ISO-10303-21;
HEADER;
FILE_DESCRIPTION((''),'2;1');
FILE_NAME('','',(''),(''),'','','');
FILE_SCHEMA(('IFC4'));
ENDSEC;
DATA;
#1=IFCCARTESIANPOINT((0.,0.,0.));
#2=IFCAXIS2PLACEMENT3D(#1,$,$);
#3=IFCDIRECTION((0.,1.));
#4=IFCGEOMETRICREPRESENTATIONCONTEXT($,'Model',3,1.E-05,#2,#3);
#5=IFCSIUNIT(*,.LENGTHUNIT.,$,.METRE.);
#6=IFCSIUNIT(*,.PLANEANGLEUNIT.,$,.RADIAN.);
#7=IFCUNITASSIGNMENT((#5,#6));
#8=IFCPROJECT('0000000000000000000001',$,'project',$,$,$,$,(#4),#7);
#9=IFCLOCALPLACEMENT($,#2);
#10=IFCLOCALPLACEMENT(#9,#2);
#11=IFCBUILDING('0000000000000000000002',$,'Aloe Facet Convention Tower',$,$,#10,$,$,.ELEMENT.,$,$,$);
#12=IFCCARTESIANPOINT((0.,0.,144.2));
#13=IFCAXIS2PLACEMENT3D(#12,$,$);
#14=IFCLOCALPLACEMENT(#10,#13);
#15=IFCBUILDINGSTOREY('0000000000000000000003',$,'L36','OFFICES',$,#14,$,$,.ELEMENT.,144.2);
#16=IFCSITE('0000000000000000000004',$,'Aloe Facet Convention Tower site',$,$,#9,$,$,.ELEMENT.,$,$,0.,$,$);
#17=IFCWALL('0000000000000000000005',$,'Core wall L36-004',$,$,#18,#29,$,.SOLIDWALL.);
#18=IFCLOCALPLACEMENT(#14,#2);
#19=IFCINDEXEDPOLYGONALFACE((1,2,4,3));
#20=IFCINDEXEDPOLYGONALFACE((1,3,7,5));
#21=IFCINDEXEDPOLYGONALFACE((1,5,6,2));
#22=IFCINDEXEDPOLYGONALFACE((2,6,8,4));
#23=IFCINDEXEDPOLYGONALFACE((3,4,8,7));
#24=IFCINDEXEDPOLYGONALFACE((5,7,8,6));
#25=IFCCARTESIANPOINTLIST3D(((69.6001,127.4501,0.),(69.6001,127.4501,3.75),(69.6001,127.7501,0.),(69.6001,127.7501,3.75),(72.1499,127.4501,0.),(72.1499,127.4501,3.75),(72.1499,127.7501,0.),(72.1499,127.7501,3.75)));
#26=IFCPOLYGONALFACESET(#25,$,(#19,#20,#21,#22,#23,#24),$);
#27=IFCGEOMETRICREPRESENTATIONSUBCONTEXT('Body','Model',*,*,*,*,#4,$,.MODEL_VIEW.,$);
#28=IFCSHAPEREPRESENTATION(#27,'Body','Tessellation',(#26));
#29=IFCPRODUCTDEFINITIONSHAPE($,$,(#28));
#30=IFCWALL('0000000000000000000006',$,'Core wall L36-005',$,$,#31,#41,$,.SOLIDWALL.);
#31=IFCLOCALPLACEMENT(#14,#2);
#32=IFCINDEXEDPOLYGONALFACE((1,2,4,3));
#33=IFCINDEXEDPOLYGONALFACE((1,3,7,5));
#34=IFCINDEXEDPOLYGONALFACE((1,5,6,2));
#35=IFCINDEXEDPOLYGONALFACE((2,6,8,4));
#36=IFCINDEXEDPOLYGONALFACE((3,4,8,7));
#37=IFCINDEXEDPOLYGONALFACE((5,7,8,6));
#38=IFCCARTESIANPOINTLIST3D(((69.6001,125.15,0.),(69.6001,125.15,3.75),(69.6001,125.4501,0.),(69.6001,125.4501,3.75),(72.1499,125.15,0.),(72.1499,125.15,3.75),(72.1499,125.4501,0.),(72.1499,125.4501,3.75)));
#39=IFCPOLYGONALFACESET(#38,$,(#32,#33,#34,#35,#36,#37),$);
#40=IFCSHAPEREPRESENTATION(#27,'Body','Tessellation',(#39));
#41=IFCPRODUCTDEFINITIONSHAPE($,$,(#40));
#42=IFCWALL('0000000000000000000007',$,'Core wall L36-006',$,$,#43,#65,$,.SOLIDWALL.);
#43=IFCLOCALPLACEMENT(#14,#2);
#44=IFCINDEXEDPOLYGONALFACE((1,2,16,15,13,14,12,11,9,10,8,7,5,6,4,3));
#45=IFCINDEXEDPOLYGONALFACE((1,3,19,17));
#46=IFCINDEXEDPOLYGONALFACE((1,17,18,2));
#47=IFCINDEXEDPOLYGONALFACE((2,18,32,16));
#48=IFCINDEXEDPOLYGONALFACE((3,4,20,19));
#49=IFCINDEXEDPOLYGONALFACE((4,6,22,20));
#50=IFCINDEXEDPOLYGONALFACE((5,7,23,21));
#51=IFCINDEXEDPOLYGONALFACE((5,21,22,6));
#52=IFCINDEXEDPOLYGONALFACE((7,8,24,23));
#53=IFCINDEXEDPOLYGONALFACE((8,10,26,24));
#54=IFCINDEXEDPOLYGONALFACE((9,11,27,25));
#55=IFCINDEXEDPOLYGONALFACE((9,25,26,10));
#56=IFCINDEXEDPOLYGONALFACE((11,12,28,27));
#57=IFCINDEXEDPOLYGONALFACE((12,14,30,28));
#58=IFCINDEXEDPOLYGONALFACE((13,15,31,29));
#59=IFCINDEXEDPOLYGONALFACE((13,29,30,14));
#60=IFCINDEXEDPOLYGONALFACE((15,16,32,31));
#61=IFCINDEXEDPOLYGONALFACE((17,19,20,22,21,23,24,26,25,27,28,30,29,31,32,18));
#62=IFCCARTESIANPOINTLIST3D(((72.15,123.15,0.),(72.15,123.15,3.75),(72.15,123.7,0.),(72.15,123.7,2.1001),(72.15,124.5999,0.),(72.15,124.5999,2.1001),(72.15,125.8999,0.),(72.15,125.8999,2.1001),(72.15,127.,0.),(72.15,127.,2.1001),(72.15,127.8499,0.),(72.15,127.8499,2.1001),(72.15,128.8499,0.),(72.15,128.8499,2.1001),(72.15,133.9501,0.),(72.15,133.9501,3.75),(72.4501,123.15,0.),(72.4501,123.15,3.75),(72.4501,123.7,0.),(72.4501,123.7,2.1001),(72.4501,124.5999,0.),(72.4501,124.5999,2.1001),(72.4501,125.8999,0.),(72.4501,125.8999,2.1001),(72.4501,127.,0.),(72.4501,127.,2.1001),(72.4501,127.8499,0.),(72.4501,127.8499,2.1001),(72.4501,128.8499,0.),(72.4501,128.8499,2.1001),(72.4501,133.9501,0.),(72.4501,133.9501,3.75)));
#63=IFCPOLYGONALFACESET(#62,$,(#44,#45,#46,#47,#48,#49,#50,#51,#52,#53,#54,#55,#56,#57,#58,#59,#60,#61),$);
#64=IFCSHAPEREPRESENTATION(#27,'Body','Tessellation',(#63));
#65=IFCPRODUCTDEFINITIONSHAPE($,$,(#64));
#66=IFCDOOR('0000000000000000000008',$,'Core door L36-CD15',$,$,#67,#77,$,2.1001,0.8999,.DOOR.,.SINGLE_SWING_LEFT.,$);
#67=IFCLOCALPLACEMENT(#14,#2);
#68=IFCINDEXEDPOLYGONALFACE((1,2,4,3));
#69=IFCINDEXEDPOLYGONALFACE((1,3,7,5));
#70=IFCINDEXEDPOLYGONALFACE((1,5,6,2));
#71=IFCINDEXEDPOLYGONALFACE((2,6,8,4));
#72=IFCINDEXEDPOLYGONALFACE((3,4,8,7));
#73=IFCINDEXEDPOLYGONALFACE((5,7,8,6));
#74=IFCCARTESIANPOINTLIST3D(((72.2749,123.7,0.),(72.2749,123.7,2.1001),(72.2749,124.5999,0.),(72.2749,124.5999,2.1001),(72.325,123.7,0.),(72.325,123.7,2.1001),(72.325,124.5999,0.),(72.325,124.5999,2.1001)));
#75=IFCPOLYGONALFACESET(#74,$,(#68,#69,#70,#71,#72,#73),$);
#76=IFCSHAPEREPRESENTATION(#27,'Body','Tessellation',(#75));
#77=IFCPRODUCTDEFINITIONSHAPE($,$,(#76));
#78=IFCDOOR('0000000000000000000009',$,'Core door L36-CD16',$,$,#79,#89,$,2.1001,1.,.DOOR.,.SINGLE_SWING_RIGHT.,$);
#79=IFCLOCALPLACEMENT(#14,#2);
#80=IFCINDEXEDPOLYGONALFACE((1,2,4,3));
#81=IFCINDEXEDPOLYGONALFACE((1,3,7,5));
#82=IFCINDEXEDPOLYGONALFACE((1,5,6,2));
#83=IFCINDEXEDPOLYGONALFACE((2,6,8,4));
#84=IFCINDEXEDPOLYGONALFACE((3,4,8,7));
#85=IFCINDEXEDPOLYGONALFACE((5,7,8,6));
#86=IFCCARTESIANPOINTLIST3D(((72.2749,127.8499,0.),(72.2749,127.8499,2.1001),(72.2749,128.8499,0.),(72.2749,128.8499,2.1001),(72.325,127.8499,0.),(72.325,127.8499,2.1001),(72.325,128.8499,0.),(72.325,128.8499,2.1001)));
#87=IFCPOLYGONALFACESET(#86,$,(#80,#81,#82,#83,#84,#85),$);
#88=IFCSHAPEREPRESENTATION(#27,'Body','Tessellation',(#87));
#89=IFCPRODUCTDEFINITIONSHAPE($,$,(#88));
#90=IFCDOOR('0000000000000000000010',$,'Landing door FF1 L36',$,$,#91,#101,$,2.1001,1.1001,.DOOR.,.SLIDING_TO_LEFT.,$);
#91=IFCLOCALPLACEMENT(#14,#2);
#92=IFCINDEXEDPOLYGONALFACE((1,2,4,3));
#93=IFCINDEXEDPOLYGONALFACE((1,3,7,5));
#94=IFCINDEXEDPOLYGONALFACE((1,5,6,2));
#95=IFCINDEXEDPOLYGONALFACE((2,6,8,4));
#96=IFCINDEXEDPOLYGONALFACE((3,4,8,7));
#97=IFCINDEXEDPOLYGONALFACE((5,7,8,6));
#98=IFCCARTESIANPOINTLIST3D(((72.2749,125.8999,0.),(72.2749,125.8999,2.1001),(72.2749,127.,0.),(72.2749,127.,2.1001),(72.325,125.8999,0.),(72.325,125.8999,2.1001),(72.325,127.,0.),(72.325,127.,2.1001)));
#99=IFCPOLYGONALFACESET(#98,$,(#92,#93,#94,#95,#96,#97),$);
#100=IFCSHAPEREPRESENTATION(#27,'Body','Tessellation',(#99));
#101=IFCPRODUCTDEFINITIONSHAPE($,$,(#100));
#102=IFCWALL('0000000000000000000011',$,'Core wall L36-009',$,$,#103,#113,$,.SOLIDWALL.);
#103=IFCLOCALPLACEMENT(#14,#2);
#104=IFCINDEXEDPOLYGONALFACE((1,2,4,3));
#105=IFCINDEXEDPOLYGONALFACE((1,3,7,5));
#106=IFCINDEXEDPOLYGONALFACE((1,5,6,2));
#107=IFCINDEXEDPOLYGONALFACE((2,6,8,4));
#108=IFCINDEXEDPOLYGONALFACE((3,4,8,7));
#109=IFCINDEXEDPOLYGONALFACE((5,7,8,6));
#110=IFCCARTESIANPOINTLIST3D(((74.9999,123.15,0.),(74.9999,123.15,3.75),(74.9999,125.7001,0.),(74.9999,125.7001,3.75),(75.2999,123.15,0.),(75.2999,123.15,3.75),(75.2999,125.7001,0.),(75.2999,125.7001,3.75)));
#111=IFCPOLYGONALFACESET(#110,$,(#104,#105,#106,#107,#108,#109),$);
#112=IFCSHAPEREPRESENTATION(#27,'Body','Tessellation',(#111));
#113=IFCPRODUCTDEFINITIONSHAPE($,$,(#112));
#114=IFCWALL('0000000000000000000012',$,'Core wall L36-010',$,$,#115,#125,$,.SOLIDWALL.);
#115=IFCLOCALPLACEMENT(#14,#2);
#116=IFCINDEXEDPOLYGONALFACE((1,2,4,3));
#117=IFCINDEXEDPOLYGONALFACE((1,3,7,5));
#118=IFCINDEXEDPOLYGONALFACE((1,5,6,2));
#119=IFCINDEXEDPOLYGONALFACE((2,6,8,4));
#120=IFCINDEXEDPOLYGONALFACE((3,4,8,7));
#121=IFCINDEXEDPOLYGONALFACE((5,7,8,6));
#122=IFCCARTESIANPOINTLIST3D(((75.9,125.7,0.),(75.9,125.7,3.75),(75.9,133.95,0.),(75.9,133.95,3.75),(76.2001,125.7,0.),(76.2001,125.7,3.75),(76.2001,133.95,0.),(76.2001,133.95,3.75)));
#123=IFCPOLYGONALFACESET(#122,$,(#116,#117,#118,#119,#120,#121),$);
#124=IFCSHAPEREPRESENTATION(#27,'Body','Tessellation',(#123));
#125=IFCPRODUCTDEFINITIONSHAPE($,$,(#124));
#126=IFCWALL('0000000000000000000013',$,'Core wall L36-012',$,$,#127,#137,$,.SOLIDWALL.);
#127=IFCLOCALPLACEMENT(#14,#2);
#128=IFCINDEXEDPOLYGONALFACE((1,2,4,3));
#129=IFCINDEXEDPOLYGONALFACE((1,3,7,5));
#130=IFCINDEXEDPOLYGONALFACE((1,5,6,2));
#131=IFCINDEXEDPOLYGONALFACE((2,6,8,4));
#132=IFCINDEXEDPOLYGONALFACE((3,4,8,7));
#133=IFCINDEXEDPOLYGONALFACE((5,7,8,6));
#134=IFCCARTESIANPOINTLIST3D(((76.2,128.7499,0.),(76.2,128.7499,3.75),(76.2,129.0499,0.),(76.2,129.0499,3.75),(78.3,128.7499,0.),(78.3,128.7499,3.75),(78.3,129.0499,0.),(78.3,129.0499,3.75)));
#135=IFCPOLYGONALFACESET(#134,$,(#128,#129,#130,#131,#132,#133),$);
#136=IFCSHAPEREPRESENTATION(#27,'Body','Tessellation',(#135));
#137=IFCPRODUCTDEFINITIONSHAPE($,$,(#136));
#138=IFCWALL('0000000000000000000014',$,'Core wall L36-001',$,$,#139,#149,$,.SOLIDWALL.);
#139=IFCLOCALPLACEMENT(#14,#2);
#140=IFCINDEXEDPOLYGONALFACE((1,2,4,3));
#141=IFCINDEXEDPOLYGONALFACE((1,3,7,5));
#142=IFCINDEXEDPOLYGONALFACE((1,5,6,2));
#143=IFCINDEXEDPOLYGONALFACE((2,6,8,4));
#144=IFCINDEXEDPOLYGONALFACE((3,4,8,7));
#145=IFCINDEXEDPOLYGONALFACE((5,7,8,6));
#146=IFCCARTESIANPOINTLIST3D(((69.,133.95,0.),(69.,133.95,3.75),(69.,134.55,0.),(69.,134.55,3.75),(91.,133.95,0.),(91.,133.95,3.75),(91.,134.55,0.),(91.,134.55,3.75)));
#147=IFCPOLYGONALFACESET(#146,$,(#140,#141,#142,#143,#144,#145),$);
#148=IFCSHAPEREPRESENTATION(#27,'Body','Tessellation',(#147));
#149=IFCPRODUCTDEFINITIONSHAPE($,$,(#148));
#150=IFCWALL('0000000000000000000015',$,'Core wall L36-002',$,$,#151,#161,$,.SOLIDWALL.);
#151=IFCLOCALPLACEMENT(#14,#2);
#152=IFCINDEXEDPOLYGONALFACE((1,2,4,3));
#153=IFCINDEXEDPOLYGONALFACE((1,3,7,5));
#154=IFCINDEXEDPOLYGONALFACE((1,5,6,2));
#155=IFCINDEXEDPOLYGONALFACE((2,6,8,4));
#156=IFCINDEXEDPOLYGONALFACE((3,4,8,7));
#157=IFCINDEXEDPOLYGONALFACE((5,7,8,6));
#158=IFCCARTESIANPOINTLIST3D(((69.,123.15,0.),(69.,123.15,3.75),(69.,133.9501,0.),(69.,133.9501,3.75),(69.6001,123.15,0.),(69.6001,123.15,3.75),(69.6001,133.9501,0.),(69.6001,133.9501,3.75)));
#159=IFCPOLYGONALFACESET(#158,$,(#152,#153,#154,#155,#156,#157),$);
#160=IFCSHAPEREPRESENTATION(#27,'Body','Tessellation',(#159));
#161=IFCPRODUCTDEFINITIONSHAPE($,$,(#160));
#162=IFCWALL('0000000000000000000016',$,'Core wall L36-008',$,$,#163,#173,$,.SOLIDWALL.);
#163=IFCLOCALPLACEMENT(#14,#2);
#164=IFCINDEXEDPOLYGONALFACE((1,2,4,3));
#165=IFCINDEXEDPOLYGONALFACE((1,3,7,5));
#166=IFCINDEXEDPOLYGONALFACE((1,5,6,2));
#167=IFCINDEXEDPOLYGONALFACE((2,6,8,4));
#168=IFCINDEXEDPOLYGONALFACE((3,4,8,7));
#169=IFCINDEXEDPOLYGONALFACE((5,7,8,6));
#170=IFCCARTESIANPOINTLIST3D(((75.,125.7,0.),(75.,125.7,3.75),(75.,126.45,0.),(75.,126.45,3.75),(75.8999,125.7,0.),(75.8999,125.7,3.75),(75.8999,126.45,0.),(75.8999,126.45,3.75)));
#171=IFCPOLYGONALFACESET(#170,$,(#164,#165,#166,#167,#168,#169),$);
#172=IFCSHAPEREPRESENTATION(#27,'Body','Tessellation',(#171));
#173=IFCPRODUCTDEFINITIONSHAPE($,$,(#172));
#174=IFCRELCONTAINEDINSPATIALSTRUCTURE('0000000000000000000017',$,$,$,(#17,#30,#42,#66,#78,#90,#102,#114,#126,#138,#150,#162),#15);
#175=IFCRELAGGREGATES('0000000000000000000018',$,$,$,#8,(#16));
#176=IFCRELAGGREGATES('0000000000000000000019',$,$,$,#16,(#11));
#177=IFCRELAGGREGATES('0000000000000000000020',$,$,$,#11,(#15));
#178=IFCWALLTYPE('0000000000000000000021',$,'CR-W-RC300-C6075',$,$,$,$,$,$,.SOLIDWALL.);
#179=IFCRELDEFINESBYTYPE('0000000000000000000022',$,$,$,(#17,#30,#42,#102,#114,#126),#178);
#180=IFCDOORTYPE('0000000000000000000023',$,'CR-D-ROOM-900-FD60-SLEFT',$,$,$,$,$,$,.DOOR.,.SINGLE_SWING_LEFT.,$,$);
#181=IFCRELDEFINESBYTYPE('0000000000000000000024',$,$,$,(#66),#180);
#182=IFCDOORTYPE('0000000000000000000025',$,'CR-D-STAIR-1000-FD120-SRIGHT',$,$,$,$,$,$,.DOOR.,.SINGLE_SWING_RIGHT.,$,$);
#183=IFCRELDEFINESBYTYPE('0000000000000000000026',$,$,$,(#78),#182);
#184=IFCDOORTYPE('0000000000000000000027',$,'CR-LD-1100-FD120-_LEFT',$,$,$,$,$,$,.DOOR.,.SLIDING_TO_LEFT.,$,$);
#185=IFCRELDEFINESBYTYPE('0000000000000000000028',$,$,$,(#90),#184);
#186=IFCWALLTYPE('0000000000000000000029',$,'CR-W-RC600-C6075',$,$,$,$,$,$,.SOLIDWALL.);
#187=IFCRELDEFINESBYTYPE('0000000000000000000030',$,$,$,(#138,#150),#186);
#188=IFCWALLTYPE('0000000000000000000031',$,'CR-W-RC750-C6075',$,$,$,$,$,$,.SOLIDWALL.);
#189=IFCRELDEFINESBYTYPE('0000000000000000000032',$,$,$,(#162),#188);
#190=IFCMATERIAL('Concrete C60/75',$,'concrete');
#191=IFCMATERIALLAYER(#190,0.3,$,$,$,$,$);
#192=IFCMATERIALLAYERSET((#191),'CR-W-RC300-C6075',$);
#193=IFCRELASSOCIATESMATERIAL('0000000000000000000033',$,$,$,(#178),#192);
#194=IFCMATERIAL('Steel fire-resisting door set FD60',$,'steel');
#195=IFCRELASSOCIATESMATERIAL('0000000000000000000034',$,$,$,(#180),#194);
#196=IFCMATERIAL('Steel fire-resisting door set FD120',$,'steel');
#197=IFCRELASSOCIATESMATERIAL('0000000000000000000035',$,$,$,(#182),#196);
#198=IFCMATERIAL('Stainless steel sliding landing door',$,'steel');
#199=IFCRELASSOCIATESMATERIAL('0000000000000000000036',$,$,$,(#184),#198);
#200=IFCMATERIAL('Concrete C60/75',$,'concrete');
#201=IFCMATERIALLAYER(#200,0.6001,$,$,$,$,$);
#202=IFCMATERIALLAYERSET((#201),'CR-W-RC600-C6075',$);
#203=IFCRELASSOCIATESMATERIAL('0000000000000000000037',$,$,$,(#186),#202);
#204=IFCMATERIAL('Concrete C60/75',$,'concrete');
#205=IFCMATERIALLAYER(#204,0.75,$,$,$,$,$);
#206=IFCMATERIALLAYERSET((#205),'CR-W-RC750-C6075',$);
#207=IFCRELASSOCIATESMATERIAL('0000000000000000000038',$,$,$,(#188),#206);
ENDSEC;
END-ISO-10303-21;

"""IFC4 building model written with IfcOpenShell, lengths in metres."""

from ifc_helpers import new_model, si_unit, direction, frame, frame_2d, origin, place, context, subcontext, project, spatial, rectangle, extrude, material, layer, layer_set, type_object, element, fill, save


model = new_model("IFC4")

# Units and contexts
model_context = context("Model", 3, precision=1e-05, world=origin(), true_north=direction((0.0, 1.0)))
body_context = subcontext(model_context, "Body", "Model", "MODEL_VIEW")
ifc_project = project(units=[si_unit("LENGTHUNIT", "METRE"), si_unit("PLANEANGLEUNIT", "RADIAN")], contexts=[model_context])

# Site, building, storey
site_placement = place(None, origin())
site = spatial("IfcSite", under=ifc_project, at=site_placement, Name="Aloe Facet Convention Tower site", CompositionType="ELEMENT", RefElevation=0.0)
building_placement = place(site_placement, origin())
building = spatial("IfcBuilding", under=site, at=building_placement, Name="Aloe Facet Convention Tower", CompositionType="ELEMENT")
storey_placement = place(building_placement, frame((0.0, 0.0, 144.2)))
storey = spatial("IfcBuildingStorey", under=building, at=storey_placement, Name="L36", Description="OFFICES", CompositionType="ELEMENT", Elevation=144.2)

# Walls
ifc_material_1 = material(Name="Concrete C60/75", Category="concrete")
ifc_layer_1 = layer(ifc_material_1, 0.3)
ifc_layer_set_1 = layer_set([ifc_layer_1], Name="CR-W-RC300-C6075")
wall_type_1 = type_object("IfcWallType", Name="CR-W-RC300-C6075", PredefinedType="SOLIDWALL", material=ifc_layer_set_1)
for number, where, z_axis, x_axis, name in (
    (1, (69.6001, 127.6001, 0.0), (0.0, 0.0, 1.0), (1.0, 0.0, 0.0), "Core wall L36-004"),
    (2, (69.6001, 125.3, 0.0), (0.0, 0.0, 1.0), (1.0, 0.0, 0.0), "Core wall L36-005"),
):
    element("IfcWall", number, at=place(storey_placement, frame(where, z_axis=z_axis, x_axis=x_axis)), inside=storey, type_object=wall_type_1, Name=name, PredefinedType="SOLIDWALL", context=body_context, shape_type="SweptSolid", body=[
        extrude(rectangle(XDim=2.5498, YDim=0.3, at=frame_2d((1.2749, 0.0))), origin(), (0.0, 0.0, 1.0), 3.75),
    ])

# Wall, openings, doors
wall_1_placement = place(storey_placement, frame((72.3, 133.95, 0.0), z_axis=(0.0, 0.0, 1.0), x_axis=(0.0, -1.0, 0.0)))
wall_1 = element("IfcWall", 3, at=wall_1_placement, inside=storey, type_object=wall_type_1, Name="Core wall L36-006", PredefinedType="SOLIDWALL", context=body_context, shape_type="SweptSolid", body=[
    extrude(rectangle(XDim=10.8, YDim=0.3, at=frame_2d((5.3999, 0.0))), origin(), (0.0, 0.0, 1.0), 3.75),
])
opening_1_placement = place(wall_1_placement, frame((6.95, 0.0, 0.0)))
opening_1 = element("IfcOpeningElement", 4, at=opening_1_placement, cuts=wall_1, PredefinedType="OPENING", context=body_context, shape_type="SweptSolid", body=[
    extrude(rectangle(XDim=1.1001, YDim=2.1001, at=frame_2d((0.55, 1.05))), frame((0.0, 0.1602, 0.0), z_axis=(0.0, -1.0, 0.0), x_axis=(1.0, 0.0, 0.0)), (0.0, 0.0, 1.0), 0.3201),
])
opening_2_placement = place(wall_1_placement, frame((9.3501, 0.0, 0.0)))
opening_2 = element("IfcOpeningElement", 5, at=opening_2_placement, cuts=wall_1, PredefinedType="OPENING", context=body_context, shape_type="SweptSolid", body=[
    extrude(rectangle(XDim=0.8999, YDim=2.1001, at=frame_2d((0.45, 1.05))), frame((0.0, 0.1602, 0.0), z_axis=(0.0, -1.0, 0.0), x_axis=(1.0, 0.0, 0.0)), (0.0, 0.0, 1.0), 0.3201),
])
opening_3_placement = place(wall_1_placement, frame((5.1001, 0.0, 0.0)))
opening_3 = element("IfcOpeningElement", 6, at=opening_3_placement, cuts=wall_1, PredefinedType="OPENING", context=body_context, shape_type="SweptSolid", body=[
    extrude(rectangle(XDim=1.0, YDim=2.1001, at=frame_2d((0.5, 1.05))), frame((0.0, 0.1602, 0.0), z_axis=(0.0, -1.0, 0.0), x_axis=(1.0, 0.0, 0.0)), (0.0, 0.0, 1.0), 0.3201),
])
ifc_material_2 = material(Name="Steel fire-resisting door set FD60", Category="steel")
door_type_1 = type_object("IfcDoorType", Name="CR-D-ROOM-900-FD60-SLEFT", OperationType="SINGLE_SWING_LEFT", PredefinedType="DOOR", material=ifc_material_2)
door_1_placement = place(opening_2_placement, origin())
door_1 = element("IfcDoor", 7, at=door_1_placement, inside=storey, type_object=door_type_1, Name="Core door L36-CD15", OperationType="SINGLE_SWING_LEFT", OverallHeight=2.1001, OverallWidth=0.8999, PredefinedType="DOOR", context=body_context, shape_type="SweptSolid", body=[
    extrude(rectangle(XDim=0.8999, YDim=2.1001, at=frame_2d((0.45, 1.05))), frame((0.0, 0.0249, 0.0), z_axis=(0.0, -1.0, 0.0), x_axis=(1.0, 0.0, 0.0)), (0.0, 0.0, 1.0), 0.05),
])
fill(opening_2, door_1)
ifc_material_3 = material(Name="Steel fire-resisting door set FD120", Category="steel")
door_type_2 = type_object("IfcDoorType", Name="CR-D-STAIR-1000-FD120-SRIGHT", OperationType="SINGLE_SWING_RIGHT", PredefinedType="DOOR", material=ifc_material_3)
door_2_placement = place(opening_3_placement, origin())
door_2 = element("IfcDoor", 8, at=door_2_placement, inside=storey, type_object=door_type_2, Name="Core door L36-CD16", OperationType="SINGLE_SWING_RIGHT", OverallHeight=2.1001, OverallWidth=1.0, PredefinedType="DOOR", context=body_context, shape_type="SweptSolid", body=[
    extrude(rectangle(XDim=1.0, YDim=2.1001, at=frame_2d((0.5, 1.05))), frame((0.0, 0.0249, 0.0), z_axis=(0.0, -1.0, 0.0), x_axis=(1.0, 0.0, 0.0)), (0.0, 0.0, 1.0), 0.05),
])
fill(opening_3, door_2)
ifc_material_4 = material(Name="Stainless steel sliding landing door", Category="steel")
door_type_3 = type_object("IfcDoorType", Name="CR-LD-1100-FD120-_LEFT", OperationType="SLIDING_TO_LEFT", PredefinedType="DOOR", material=ifc_material_4)
door_3_placement = place(opening_1_placement, origin())
door_3 = element("IfcDoor", 9, at=door_3_placement, inside=storey, type_object=door_type_3, Name="Landing door FF1 L36", OperationType="SLIDING_TO_LEFT", OverallHeight=2.1001, OverallWidth=1.1001, PredefinedType="DOOR", context=body_context, shape_type="SweptSolid", body=[
    extrude(rectangle(XDim=1.1001, YDim=2.1001, at=frame_2d((0.55, 1.05))), frame((0.0, 0.0249, 0.0), z_axis=(0.0, -1.0, 0.0), x_axis=(1.0, 0.0, 0.0)), (0.0, 0.0, 1.0), 0.05),
])
fill(opening_1, door_3)

# Walls
wall_2_placement = place(storey_placement, frame((75.1499, 125.7, 0.0), z_axis=(0.0, 0.0, 1.0), x_axis=(0.0, -1.0, 0.0)))
element("IfcWall", 10, at=wall_2_placement, inside=storey, type_object=wall_type_1, Name="Core wall L36-009", PredefinedType="SOLIDWALL", context=body_context, shape_type="SweptSolid", body=[
    extrude(rectangle(XDim=2.55, YDim=0.3, at=frame_2d((1.2749, 0.0))), origin(), (0.0, 0.0, 1.0), 3.75),
])
wall_3_placement = place(storey_placement, frame((76.05, 133.95, 0.0), z_axis=(0.0, 0.0, 1.0), x_axis=(0.0, -1.0, 0.0)))
element("IfcWall", 11, at=wall_3_placement, inside=storey, type_object=wall_type_1, Name="Core wall L36-010", PredefinedType="SOLIDWALL", context=body_context, shape_type="SweptSolid", body=[
    extrude(rectangle(XDim=8.25, YDim=0.3, at=frame_2d((4.125, 0.0))), origin(), (0.0, 0.0, 1.0), 3.75),
])
wall_4_placement = place(storey_placement, frame((76.2, 128.8999, 0.0), z_axis=(0.0, 0.0, 1.0), x_axis=(1.0, 0.0, 0.0)))
element("IfcWall", 12, at=wall_4_placement, inside=storey, type_object=wall_type_1, Name="Core wall L36-012", PredefinedType="SOLIDWALL", context=body_context, shape_type="SweptSolid", body=[
    extrude(rectangle(XDim=2.1001, YDim=0.3, at=frame_2d((1.05, 0.0))), origin(), (0.0, 0.0, 1.0), 3.75),
])
ifc_material_5 = material(Name="Concrete C60/75", Category="concrete")
ifc_layer_2 = layer(ifc_material_5, 0.6001)
ifc_layer_set_2 = layer_set([ifc_layer_2], Name="CR-W-RC600-C6075")
wall_type_2 = type_object("IfcWallType", Name="CR-W-RC600-C6075", PredefinedType="SOLIDWALL", material=ifc_layer_set_2)
wall_5_placement = place(storey_placement, frame((69.0, 134.25, 0.0), z_axis=(0.0, 0.0, 1.0), x_axis=(1.0, 0.0, 0.0)))
element("IfcWall", 13, at=wall_5_placement, inside=storey, type_object=wall_type_2, Name="Core wall L36-001", PredefinedType="SOLIDWALL", context=body_context, shape_type="SweptSolid", body=[
    extrude(rectangle(XDim=22.0, YDim=0.6001, at=frame_2d((11.0, 0.0))), origin(), (0.0, 0.0, 1.0), 3.75),
])
wall_6_placement = place(storey_placement, frame((69.3, 133.95, 0.0), z_axis=(0.0, 0.0, 1.0), x_axis=(0.0, -1.0, 0.0)))
element("IfcWall", 14, at=wall_6_placement, inside=storey, type_object=wall_type_2, Name="Core wall L36-002", PredefinedType="SOLIDWALL", context=body_context, shape_type="SweptSolid", body=[
    extrude(rectangle(XDim=10.8, YDim=0.6001, at=frame_2d((5.3999, 0.0))), origin(), (0.0, 0.0, 1.0), 3.75),
])
ifc_material_6 = material(Name="Concrete C60/75", Category="concrete")
ifc_layer_3 = layer(ifc_material_6, 0.75)
ifc_layer_set_3 = layer_set([ifc_layer_3], Name="CR-W-RC750-C6075")
wall_type_3 = type_object("IfcWallType", Name="CR-W-RC750-C6075", PredefinedType="SOLIDWALL", material=ifc_layer_set_3)
wall_7_placement = place(storey_placement, frame((75.0, 126.075, 0.0), z_axis=(0.0, 0.0, 1.0), x_axis=(1.0, 0.0, 0.0)))
element("IfcWall", 15, at=wall_7_placement, inside=storey, type_object=wall_type_3, Name="Core wall L36-008", PredefinedType="SOLIDWALL", context=body_context, shape_type="SweptSolid", body=[
    extrude(rectangle(XDim=0.8999, YDim=0.75, at=frame_2d((0.45, 0.0))), origin(), (0.0, 0.0, 1.0), 3.75),
])

save(model, "model.ifc")
